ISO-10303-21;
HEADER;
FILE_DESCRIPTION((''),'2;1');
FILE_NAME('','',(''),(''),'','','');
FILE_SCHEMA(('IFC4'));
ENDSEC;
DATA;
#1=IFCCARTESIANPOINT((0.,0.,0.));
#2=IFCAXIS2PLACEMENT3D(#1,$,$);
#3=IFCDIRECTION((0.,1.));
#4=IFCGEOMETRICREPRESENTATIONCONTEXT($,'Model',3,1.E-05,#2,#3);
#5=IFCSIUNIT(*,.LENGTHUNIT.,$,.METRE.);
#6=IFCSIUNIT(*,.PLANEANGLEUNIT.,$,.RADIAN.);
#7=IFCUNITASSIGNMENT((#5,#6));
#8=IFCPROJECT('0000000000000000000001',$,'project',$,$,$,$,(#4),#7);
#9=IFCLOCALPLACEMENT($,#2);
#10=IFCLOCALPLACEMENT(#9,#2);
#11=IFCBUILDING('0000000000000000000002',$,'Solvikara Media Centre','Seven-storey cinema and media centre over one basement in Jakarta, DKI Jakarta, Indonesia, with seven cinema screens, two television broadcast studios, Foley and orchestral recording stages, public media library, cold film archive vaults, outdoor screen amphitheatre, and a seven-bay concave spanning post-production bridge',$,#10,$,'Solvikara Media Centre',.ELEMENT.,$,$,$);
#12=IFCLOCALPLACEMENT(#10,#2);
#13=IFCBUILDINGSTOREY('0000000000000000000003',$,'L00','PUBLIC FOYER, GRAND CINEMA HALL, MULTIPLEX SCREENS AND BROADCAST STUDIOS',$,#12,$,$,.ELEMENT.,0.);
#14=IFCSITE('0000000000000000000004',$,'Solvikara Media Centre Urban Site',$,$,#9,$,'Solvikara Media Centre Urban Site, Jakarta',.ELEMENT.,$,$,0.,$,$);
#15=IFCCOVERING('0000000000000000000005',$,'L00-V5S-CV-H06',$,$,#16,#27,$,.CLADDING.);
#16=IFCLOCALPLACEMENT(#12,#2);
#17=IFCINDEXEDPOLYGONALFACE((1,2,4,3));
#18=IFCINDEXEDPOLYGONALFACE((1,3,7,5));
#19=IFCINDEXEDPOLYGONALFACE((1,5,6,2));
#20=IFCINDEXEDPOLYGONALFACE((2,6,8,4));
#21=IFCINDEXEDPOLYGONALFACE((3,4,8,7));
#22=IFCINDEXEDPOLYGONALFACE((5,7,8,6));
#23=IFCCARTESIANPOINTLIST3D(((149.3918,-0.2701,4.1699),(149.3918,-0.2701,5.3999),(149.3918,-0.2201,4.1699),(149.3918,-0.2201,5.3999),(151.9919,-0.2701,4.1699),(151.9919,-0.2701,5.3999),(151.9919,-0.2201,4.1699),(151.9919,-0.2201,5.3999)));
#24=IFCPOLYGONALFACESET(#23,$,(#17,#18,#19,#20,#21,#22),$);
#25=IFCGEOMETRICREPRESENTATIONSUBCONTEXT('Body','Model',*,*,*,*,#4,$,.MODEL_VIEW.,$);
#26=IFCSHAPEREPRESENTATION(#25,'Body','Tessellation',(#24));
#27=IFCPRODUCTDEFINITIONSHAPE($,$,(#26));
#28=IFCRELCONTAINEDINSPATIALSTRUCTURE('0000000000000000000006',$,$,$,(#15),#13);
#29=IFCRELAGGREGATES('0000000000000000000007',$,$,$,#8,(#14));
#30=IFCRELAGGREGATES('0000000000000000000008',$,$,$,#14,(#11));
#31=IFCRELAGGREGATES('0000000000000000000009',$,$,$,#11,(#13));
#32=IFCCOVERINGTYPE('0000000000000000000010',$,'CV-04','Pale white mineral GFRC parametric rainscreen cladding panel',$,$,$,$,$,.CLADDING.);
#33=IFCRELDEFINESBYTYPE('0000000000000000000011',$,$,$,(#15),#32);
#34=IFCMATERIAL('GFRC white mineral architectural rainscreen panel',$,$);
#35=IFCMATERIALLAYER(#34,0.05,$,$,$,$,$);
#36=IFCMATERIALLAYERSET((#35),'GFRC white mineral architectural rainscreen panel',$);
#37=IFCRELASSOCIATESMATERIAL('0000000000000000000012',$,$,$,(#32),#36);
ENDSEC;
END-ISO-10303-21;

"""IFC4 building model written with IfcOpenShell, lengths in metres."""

from ifc_helpers import new_model, si_unit, direction, frame, origin, origin_2d, place, context, subcontext, project, spatial, rectangle, extrude, material, layer, layer_set, type_object, element, save


model = new_model("IFC4")

# Units and contexts
model_context = context("Model", 3, precision=1e-05, world=origin(), true_north=direction((0.0, 1.0)))
body_context = subcontext(model_context, "Body", "Model", "MODEL_VIEW")
ifc_project = project(units=[si_unit("LENGTHUNIT", "METRE"), si_unit("PLANEANGLEUNIT", "RADIAN")], contexts=[model_context])

# Site, building, storey
site_placement = place(None, origin())
site = spatial("IfcSite", under=ifc_project, at=site_placement, Name="Solvikara Media Centre Urban Site", LongName="Solvikara Media Centre Urban Site, Jakarta", CompositionType="ELEMENT", RefElevation=0.0)
building_placement = place(site_placement, origin())
building = spatial("IfcBuilding", under=site, at=building_placement, Name="Solvikara Media Centre", Description="Seven-storey cinema and media centre over one basement in Jakarta, DKI Jakarta, Indonesia, with seven cinema screens, two television broadcast studios, Foley and orchestral recording stages, public media library, cold film archive vaults, outdoor screen amphitheatre, and a seven-bay concave spanning post-production bridge", LongName="Solvikara Media Centre", CompositionType="ELEMENT")
storey_placement = place(building_placement, origin())
storey = spatial("IfcBuildingStorey", under=building, at=storey_placement, Name="L00", Description="PUBLIC FOYER, GRAND CINEMA HALL, MULTIPLEX SCREENS AND BROADCAST STUDIOS", CompositionType="ELEMENT", Elevation=0.0)

# Covering
ifc_material_1 = material(Name="GFRC white mineral architectural rainscreen panel")
ifc_layer_1 = layer(ifc_material_1, 0.05)
ifc_layer_set_1 = layer_set([ifc_layer_1], Name="GFRC white mineral architectural rainscreen panel")
covering_type = type_object("IfcCoveringType", Name="CV-04", Description="Pale white mineral GFRC parametric rainscreen cladding panel", PredefinedType="CLADDING", material=ifc_layer_set_1)
covering_1_placement = place(storey_placement, frame((150.6919, -0.2451, 4.1699), z_axis=(0.0, 0.0, 1.0), x_axis=(1.0, 0.0, 0.0)))
element("IfcCovering", 1, at=covering_1_placement, inside=storey, type_object=covering_type, Name="L00-V5S-CV-H06", PredefinedType="CLADDING", context=body_context, shape_type="SweptSolid", body=[
    extrude(rectangle(XDim=2.6001, YDim=0.05, at=origin_2d()), origin(), (0.0, 0.0, 1.0), 1.23),
])

save(model, "model.ifc")
